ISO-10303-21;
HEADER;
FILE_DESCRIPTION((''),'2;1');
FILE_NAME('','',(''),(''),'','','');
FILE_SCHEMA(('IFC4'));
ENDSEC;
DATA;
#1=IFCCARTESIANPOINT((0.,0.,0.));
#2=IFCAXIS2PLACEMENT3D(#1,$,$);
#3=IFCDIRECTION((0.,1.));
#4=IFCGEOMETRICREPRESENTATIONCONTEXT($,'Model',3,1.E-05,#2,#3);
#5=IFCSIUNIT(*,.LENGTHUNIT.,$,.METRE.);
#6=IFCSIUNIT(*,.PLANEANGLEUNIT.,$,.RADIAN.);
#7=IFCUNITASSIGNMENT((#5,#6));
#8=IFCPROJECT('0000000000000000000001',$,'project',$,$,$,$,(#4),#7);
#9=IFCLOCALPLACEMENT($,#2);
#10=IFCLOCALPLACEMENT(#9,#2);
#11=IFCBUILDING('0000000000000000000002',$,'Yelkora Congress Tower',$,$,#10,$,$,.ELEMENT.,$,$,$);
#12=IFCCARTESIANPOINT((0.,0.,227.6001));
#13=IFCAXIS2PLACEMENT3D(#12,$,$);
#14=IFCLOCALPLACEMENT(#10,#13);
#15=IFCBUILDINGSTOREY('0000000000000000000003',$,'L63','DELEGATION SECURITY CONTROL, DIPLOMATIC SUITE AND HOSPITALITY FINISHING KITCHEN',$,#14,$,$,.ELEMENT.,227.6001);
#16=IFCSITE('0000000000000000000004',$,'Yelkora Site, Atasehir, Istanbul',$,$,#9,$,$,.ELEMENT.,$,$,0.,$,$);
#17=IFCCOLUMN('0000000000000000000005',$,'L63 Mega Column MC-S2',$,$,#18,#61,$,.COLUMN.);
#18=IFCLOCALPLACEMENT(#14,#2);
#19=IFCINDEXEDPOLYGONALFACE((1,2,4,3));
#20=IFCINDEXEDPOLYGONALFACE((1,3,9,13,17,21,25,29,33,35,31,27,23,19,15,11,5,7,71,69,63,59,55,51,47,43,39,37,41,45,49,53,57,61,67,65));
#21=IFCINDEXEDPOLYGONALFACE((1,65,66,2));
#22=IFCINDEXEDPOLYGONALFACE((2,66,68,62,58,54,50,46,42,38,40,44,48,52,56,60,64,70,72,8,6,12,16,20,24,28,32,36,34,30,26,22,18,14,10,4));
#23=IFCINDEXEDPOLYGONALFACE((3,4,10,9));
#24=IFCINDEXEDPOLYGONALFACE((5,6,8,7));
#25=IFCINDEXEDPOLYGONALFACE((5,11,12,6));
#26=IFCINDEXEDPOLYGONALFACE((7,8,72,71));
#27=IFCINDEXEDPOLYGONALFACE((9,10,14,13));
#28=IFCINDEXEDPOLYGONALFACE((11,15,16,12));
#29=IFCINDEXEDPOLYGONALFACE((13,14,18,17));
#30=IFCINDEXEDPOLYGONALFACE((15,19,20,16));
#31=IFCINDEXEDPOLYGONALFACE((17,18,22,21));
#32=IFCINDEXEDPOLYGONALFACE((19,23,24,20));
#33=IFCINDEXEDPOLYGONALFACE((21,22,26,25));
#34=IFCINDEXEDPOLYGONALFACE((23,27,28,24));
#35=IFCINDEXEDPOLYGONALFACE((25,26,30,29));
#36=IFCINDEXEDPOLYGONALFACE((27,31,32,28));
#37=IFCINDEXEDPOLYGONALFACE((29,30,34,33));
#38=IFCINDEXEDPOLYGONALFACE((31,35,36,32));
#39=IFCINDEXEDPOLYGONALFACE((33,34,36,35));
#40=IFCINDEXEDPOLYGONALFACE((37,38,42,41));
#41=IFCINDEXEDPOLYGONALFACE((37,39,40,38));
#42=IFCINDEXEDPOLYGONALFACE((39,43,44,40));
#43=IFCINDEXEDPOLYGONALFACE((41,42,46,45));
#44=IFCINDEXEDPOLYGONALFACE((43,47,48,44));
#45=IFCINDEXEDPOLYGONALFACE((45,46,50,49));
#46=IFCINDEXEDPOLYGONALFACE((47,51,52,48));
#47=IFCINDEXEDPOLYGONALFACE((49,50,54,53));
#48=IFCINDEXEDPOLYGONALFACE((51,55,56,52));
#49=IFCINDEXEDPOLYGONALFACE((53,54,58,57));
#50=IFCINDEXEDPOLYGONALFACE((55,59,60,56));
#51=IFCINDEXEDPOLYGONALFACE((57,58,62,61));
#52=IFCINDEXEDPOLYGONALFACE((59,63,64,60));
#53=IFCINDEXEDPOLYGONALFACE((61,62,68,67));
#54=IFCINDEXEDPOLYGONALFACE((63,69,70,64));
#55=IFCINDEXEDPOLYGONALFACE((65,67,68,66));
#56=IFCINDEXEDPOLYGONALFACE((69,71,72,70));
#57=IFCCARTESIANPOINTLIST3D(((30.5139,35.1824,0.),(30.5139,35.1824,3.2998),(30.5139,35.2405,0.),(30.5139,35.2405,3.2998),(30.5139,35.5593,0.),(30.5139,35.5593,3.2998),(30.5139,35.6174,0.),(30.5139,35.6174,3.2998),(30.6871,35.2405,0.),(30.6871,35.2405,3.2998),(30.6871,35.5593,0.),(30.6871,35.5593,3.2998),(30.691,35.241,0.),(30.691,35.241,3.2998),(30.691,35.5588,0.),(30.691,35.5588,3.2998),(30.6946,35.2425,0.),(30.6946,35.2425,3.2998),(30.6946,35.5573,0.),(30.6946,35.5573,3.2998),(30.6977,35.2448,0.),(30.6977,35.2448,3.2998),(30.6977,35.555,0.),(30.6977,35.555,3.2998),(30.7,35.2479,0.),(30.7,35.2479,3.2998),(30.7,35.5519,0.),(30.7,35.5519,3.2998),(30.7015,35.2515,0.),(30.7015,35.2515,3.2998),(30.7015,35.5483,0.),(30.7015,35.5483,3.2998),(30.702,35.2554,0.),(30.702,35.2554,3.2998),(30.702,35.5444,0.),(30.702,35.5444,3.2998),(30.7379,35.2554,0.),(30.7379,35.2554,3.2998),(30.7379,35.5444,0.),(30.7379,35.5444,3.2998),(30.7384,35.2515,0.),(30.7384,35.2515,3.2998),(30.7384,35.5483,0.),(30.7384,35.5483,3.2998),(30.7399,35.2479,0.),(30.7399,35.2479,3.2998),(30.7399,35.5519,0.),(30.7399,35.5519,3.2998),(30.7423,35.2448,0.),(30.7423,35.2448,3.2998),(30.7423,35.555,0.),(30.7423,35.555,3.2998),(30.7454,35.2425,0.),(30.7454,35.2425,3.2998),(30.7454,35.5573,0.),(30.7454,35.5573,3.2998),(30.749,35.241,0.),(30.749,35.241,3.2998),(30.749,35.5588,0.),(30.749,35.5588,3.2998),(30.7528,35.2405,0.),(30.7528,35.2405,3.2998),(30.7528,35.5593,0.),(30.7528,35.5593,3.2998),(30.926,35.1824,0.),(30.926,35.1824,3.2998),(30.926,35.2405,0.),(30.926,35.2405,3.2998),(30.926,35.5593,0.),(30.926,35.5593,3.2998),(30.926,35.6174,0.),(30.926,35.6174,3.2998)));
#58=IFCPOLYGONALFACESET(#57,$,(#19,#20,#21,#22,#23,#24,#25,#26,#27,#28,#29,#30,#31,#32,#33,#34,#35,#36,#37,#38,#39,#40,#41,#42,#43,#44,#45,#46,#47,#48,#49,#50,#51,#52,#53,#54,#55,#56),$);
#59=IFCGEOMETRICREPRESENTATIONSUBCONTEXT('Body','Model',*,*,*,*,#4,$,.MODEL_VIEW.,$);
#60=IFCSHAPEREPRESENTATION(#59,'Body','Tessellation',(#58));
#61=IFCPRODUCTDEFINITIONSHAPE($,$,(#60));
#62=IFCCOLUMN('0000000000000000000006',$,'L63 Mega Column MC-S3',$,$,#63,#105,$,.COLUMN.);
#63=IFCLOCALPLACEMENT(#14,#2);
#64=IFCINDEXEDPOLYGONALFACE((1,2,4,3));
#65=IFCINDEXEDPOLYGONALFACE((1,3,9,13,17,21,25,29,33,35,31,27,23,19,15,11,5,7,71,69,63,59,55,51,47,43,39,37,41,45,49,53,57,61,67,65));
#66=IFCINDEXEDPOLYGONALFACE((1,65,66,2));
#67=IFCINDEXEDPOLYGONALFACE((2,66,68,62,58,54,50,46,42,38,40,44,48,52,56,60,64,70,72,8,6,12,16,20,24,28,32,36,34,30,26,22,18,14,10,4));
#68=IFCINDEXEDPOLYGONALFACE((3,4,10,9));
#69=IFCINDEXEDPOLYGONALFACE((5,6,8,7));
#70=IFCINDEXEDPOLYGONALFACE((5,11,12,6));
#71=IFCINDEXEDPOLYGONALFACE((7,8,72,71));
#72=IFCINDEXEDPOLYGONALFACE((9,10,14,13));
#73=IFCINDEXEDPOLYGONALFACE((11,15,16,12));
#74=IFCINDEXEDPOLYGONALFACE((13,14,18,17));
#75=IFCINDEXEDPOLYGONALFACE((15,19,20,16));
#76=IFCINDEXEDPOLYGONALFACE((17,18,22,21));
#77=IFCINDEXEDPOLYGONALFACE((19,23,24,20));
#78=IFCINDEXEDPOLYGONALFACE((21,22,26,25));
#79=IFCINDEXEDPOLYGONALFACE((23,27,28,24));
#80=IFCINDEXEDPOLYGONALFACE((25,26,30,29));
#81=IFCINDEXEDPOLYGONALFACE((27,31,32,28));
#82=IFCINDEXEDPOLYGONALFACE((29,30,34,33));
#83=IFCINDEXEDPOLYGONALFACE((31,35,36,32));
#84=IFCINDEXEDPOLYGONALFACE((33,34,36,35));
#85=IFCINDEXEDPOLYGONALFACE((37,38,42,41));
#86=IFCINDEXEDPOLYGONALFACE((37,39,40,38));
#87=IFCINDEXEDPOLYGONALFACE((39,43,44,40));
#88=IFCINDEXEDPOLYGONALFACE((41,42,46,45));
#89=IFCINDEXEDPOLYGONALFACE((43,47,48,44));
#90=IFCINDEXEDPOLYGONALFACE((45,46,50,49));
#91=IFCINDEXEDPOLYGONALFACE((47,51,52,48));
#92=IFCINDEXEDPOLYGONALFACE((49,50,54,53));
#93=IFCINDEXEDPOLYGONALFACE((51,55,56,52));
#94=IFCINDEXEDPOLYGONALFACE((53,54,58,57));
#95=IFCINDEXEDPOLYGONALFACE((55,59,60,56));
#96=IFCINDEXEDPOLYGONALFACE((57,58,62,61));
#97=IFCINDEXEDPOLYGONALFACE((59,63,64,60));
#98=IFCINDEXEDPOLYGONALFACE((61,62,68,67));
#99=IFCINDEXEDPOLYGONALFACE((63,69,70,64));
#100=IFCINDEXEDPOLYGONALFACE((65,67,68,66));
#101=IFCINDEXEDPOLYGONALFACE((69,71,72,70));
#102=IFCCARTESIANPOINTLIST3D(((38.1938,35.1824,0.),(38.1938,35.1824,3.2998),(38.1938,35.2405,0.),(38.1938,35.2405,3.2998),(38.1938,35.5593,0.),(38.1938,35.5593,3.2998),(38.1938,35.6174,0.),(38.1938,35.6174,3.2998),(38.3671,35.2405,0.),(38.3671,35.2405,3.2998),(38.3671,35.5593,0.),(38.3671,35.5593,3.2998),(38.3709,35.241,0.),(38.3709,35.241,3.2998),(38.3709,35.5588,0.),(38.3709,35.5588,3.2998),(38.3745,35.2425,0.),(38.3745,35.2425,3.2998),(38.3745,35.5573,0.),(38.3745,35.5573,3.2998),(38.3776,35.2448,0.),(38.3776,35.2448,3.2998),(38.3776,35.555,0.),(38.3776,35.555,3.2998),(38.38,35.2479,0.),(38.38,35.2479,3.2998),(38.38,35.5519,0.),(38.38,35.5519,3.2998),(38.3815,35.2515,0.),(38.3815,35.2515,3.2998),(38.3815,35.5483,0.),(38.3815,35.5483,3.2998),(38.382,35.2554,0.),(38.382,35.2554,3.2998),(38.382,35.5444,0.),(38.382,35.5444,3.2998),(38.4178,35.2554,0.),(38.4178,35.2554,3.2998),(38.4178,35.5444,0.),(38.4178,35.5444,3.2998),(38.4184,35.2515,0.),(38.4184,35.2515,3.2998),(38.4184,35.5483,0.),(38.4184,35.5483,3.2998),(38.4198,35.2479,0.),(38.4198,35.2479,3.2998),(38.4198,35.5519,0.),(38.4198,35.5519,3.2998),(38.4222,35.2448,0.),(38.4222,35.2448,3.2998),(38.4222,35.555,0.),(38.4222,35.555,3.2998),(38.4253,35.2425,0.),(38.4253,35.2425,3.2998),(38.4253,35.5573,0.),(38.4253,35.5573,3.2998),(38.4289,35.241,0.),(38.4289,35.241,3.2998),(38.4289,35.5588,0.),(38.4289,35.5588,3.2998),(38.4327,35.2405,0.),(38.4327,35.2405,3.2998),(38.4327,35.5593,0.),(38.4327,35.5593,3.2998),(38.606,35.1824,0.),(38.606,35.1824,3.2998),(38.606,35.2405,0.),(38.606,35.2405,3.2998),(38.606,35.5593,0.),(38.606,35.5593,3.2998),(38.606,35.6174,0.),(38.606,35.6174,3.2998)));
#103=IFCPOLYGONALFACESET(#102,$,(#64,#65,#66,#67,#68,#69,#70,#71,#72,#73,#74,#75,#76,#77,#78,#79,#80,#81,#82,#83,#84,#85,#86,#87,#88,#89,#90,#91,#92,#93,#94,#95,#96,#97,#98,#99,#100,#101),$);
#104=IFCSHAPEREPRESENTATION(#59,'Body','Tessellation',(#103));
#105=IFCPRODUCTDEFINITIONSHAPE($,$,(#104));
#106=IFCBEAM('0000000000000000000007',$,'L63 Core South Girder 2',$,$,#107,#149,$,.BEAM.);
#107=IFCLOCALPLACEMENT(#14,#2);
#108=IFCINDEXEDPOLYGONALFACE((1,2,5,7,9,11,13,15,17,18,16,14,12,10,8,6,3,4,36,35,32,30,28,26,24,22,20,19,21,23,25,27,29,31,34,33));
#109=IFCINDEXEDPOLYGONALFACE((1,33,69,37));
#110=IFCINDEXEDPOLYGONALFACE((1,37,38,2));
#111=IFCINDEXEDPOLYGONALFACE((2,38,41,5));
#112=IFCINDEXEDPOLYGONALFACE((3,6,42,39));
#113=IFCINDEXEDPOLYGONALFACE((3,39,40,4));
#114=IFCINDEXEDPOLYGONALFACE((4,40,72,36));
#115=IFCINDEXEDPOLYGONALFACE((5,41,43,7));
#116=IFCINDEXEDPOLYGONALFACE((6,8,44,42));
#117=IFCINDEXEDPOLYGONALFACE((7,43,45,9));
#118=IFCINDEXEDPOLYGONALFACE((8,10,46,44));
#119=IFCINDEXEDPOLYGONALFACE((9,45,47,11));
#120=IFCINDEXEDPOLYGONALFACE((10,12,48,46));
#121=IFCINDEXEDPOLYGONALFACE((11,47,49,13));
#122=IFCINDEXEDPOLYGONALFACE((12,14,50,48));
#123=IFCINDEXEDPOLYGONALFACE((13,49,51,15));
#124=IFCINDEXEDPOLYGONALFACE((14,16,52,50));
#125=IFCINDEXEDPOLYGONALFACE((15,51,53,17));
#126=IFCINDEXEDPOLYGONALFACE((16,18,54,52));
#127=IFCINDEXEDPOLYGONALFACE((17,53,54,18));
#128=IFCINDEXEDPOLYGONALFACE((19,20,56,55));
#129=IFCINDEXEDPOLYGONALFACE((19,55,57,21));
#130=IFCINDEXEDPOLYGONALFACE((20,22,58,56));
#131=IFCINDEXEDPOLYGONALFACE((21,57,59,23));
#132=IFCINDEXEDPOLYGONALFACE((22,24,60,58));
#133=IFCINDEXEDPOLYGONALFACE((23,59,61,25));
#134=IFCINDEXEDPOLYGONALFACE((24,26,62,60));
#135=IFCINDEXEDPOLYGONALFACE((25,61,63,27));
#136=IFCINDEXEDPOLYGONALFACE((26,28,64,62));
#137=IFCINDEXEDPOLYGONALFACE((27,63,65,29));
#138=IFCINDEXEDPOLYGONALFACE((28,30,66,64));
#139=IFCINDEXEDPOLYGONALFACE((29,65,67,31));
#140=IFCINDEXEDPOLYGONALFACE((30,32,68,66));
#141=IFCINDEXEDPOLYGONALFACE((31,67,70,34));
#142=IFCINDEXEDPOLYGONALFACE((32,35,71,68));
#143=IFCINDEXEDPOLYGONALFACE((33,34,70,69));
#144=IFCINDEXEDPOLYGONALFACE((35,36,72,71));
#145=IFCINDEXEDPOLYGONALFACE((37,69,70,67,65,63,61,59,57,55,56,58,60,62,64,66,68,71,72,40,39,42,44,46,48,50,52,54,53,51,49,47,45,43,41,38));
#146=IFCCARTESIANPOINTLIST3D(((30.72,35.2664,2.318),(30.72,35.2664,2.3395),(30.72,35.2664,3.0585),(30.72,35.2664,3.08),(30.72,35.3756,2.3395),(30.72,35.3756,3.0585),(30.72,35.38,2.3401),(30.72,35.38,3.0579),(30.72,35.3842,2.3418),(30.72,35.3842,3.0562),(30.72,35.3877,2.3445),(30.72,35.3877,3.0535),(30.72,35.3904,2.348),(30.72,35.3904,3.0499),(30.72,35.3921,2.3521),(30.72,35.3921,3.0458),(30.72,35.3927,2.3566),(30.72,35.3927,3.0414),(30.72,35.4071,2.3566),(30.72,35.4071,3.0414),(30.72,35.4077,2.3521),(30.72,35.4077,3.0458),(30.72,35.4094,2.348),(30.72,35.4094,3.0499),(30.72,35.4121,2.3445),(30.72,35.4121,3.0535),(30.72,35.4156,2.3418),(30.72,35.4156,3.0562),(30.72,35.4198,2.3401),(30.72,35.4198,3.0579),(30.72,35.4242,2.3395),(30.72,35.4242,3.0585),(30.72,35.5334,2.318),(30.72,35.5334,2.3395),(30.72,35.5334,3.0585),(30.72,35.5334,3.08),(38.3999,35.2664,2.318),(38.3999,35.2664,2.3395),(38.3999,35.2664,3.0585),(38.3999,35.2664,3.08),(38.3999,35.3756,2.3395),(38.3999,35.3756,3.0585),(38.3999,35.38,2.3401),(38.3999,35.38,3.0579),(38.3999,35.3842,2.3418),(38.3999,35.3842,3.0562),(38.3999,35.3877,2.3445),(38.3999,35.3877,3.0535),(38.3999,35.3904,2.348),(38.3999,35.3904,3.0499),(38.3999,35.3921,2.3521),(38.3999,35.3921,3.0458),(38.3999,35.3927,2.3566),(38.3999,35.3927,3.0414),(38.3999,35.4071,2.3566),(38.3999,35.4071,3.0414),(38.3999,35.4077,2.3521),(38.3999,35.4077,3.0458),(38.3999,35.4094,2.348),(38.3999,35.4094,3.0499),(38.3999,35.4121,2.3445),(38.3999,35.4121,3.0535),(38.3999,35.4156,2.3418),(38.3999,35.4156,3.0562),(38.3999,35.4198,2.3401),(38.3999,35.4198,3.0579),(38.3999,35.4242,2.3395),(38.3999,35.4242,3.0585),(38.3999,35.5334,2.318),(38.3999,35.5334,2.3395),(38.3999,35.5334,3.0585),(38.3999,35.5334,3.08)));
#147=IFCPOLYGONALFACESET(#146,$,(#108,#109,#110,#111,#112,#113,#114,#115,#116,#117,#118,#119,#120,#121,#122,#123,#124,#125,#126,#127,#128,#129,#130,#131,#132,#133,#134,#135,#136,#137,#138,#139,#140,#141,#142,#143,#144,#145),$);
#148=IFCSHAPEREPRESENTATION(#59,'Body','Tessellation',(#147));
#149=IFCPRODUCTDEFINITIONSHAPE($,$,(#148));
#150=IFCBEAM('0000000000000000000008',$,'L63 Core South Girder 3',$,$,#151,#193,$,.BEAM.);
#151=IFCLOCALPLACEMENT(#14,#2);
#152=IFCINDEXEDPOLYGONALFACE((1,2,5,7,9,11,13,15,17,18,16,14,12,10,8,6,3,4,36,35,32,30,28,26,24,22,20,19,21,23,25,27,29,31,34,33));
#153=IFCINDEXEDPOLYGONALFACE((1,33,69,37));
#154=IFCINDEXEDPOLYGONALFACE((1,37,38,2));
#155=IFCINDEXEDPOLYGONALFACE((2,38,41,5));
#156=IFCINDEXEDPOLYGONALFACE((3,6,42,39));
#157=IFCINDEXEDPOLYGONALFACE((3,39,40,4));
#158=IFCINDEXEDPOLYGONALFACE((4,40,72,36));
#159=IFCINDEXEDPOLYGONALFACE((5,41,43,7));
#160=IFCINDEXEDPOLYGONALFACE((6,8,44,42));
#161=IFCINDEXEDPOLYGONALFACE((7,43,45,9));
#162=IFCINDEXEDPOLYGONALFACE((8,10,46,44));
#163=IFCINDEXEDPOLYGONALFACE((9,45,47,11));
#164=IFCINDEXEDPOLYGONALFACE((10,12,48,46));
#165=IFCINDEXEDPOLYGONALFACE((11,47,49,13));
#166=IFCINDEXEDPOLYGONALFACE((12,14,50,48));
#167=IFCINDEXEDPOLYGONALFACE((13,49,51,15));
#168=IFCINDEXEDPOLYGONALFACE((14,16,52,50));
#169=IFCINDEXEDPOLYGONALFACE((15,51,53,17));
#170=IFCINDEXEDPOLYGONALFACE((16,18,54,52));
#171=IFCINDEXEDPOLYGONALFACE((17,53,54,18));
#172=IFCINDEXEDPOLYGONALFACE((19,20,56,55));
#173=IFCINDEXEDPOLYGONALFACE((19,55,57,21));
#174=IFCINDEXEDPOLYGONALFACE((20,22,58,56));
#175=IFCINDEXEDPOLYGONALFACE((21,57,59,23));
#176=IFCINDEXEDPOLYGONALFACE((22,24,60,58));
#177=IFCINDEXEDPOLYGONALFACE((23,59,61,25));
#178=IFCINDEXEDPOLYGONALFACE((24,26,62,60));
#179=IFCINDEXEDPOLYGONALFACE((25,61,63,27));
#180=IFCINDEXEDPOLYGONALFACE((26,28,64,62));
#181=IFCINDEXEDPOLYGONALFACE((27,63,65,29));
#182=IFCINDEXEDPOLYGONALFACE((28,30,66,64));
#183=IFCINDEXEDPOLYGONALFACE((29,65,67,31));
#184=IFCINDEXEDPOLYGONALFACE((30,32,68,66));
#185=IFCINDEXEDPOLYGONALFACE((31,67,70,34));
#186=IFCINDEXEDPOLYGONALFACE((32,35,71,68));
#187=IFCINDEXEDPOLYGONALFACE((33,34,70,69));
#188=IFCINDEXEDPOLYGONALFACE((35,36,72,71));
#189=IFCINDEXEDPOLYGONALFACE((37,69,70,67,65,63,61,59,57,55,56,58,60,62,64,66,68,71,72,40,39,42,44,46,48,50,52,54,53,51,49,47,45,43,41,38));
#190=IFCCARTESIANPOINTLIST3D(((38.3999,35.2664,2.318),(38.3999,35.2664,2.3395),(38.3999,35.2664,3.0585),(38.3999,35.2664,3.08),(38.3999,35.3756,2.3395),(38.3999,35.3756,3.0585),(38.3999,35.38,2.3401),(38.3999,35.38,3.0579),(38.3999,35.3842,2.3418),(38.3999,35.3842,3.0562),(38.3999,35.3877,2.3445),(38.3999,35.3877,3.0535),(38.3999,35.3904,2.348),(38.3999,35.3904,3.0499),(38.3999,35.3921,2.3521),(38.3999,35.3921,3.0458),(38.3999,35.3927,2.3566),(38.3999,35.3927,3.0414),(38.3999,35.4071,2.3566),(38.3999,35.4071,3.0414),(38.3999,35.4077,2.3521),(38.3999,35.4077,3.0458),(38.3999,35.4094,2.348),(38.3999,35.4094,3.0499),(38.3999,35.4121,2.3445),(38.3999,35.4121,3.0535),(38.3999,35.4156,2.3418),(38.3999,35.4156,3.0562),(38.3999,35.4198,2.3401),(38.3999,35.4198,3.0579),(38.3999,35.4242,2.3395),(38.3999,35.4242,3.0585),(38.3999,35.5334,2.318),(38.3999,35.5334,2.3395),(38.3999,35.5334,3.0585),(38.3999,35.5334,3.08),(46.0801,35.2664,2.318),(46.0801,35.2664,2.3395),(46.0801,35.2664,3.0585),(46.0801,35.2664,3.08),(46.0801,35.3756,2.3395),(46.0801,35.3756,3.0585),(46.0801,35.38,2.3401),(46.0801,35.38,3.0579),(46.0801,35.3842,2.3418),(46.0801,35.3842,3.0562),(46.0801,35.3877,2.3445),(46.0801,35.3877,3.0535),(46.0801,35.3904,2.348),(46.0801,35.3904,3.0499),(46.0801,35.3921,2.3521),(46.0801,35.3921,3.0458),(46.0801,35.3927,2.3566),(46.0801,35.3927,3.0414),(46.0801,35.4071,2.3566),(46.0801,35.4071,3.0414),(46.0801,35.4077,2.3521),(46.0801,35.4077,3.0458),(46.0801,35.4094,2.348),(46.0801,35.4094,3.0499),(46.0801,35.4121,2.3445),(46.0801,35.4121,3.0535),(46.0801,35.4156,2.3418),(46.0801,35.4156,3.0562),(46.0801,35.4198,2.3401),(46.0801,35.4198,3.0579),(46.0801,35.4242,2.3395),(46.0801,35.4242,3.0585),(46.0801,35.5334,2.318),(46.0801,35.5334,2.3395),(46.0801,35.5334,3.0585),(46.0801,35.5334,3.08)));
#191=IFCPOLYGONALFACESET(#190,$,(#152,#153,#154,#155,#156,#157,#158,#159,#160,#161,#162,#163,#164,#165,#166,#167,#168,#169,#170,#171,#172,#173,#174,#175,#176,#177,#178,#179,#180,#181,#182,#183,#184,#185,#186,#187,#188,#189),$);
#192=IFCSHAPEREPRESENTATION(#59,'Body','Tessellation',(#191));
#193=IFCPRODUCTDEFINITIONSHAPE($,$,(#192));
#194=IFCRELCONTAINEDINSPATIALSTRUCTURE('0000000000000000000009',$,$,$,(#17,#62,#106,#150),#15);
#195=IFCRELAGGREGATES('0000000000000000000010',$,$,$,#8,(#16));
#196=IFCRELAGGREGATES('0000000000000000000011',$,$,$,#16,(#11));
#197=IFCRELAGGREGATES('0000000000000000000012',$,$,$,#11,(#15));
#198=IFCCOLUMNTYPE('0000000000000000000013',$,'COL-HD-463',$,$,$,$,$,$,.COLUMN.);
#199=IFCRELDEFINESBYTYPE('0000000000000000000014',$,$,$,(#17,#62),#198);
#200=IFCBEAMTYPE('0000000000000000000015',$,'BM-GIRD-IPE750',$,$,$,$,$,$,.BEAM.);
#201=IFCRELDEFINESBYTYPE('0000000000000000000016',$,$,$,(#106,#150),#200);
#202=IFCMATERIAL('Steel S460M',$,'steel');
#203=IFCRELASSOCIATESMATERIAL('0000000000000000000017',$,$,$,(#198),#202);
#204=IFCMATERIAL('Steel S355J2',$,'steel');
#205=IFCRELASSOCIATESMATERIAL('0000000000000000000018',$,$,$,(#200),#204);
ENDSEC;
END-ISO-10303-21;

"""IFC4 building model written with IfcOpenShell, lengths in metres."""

from ifc_helpers import new_model, si_unit, direction, frame, origin, origin_2d, place, context, subcontext, project, spatial, i_section, extrude, material, material_profile, profile_set, type_object, element, save


model = new_model("IFC4")

# Units and contexts
model_context = context("Model", 3, precision=1e-05, world=origin(), true_north=direction((0.0, 1.0)))
body_context = subcontext(model_context, "Body", "Model", "MODEL_VIEW")
ifc_project = project(units=[si_unit("LENGTHUNIT", "METRE"), si_unit("PLANEANGLEUNIT", "RADIAN")], contexts=[model_context])

# Site, building, storey
site_placement = place(None, origin())
site = spatial("IfcSite", under=ifc_project, at=site_placement, Name="Yelkora Site, Atasehir, Istanbul", CompositionType="ELEMENT", RefElevation=0.0)
building_placement = place(site_placement, origin())
building = spatial("IfcBuilding", under=site, at=building_placement, Name="Yelkora Congress Tower", CompositionType="ELEMENT")
storey_placement = place(building_placement, frame((0.0, 0.0, 227.6001)))
storey = spatial("IfcBuildingStorey", under=building, at=storey_placement, Name="L63", Description="DELEGATION SECURITY CONTROL, DIPLOMATIC SUITE AND HOSPITALITY FINISHING KITCHEN", CompositionType="ELEMENT", Elevation=227.6001)

# Columns
ifc_material_1 = material(Name="Steel S460M", Category="steel")
ifc_material_profile_1 = material_profile(ifc_material_1, i_section(OverallWidth=0.4121, OverallDepth=0.4351, WebThickness=0.0359, FlangeThickness=0.0581, FilletRadius=0.0149, at=origin_2d()), Name="HD 400x463")
ifc_profile_set_1 = profile_set([ifc_material_profile_1], Name="Steel S460M")
column_type = type_object("IfcColumnType", Name="COL-HD-463", PredefinedType="COLUMN", material=ifc_profile_set_1)
for number, where, z_axis, x_axis, name in (
    (1, (30.72, 35.3999, 0.0), (0.0, 0.0, 1.0), (1.0, 0.0, 0.0), "L63 Mega Column MC-S2"),
    (2, (38.3999, 35.3999, 0.0), (0.0, 0.0, 1.0), (1.0, 0.0, 0.0), "L63 Mega Column MC-S3"),
):
    element("IfcColumn", number, at=place(storey_placement, frame(where, z_axis=z_axis, x_axis=x_axis)), inside=storey, type_object=column_type, Name=name, PredefinedType="COLUMN", context=body_context, shape_type="SweptSolid", body=[
        extrude(i_section(OverallWidth=0.4121, OverallDepth=0.4351, WebThickness=0.0359, FlangeThickness=0.0581, FilletRadius=0.0149, at=origin_2d()), origin(), (0.0, 0.0, 1.0), 3.2998),
    ])

# Beams
ifc_material_2 = material(Name="Steel S355J2", Category="steel")
ifc_material_profile_2 = material_profile(ifc_material_2, i_section(OverallWidth=0.2671, OverallDepth=0.762, WebThickness=0.0144, FlangeThickness=0.0215, FilletRadius=0.0171, at=origin_2d()), Name="IPE 750x173")
ifc_profile_set_2 = profile_set([ifc_material_profile_2], Name="Steel S355J2")
beam_type = type_object("IfcBeamType", Name="BM-GIRD-IPE750", PredefinedType="BEAM", material=ifc_profile_set_2)
beam_1_placement = place(storey_placement, frame((30.72, 35.3999, 2.699), z_axis=(1.0, 0.0, 0.0), x_axis=(0.0, 1.0, 0.0)))
element("IfcBeam", 3, at=beam_1_placement, inside=storey, type_object=beam_type, Name="L63 Core South Girder 2", PredefinedType="BEAM", context=body_context, shape_type="SweptSolid", body=[
    extrude(i_section(OverallWidth=0.2671, OverallDepth=0.762, WebThickness=0.0144, FlangeThickness=0.0215, FilletRadius=0.0171, at=origin_2d()), origin(), (0.0, 0.0, 1.0), 7.6799),
])
beam_2_placement = place(storey_placement, frame((38.3999, 35.3999, 2.699), z_axis=(1.0, 0.0, 0.0), x_axis=(0.0, 1.0, 0.0)))
element("IfcBeam", 4, at=beam_2_placement, inside=storey, type_object=beam_type, Name="L63 Core South Girder 3", PredefinedType="BEAM", context=body_context, shape_type="SweptSolid", body=[
    extrude(i_section(OverallWidth=0.2671, OverallDepth=0.762, WebThickness=0.0144, FlangeThickness=0.0215, FilletRadius=0.0171, at=origin_2d()), origin(), (0.0, 0.0, 1.0), 7.6802),
])

save(model, "model.ifc")
